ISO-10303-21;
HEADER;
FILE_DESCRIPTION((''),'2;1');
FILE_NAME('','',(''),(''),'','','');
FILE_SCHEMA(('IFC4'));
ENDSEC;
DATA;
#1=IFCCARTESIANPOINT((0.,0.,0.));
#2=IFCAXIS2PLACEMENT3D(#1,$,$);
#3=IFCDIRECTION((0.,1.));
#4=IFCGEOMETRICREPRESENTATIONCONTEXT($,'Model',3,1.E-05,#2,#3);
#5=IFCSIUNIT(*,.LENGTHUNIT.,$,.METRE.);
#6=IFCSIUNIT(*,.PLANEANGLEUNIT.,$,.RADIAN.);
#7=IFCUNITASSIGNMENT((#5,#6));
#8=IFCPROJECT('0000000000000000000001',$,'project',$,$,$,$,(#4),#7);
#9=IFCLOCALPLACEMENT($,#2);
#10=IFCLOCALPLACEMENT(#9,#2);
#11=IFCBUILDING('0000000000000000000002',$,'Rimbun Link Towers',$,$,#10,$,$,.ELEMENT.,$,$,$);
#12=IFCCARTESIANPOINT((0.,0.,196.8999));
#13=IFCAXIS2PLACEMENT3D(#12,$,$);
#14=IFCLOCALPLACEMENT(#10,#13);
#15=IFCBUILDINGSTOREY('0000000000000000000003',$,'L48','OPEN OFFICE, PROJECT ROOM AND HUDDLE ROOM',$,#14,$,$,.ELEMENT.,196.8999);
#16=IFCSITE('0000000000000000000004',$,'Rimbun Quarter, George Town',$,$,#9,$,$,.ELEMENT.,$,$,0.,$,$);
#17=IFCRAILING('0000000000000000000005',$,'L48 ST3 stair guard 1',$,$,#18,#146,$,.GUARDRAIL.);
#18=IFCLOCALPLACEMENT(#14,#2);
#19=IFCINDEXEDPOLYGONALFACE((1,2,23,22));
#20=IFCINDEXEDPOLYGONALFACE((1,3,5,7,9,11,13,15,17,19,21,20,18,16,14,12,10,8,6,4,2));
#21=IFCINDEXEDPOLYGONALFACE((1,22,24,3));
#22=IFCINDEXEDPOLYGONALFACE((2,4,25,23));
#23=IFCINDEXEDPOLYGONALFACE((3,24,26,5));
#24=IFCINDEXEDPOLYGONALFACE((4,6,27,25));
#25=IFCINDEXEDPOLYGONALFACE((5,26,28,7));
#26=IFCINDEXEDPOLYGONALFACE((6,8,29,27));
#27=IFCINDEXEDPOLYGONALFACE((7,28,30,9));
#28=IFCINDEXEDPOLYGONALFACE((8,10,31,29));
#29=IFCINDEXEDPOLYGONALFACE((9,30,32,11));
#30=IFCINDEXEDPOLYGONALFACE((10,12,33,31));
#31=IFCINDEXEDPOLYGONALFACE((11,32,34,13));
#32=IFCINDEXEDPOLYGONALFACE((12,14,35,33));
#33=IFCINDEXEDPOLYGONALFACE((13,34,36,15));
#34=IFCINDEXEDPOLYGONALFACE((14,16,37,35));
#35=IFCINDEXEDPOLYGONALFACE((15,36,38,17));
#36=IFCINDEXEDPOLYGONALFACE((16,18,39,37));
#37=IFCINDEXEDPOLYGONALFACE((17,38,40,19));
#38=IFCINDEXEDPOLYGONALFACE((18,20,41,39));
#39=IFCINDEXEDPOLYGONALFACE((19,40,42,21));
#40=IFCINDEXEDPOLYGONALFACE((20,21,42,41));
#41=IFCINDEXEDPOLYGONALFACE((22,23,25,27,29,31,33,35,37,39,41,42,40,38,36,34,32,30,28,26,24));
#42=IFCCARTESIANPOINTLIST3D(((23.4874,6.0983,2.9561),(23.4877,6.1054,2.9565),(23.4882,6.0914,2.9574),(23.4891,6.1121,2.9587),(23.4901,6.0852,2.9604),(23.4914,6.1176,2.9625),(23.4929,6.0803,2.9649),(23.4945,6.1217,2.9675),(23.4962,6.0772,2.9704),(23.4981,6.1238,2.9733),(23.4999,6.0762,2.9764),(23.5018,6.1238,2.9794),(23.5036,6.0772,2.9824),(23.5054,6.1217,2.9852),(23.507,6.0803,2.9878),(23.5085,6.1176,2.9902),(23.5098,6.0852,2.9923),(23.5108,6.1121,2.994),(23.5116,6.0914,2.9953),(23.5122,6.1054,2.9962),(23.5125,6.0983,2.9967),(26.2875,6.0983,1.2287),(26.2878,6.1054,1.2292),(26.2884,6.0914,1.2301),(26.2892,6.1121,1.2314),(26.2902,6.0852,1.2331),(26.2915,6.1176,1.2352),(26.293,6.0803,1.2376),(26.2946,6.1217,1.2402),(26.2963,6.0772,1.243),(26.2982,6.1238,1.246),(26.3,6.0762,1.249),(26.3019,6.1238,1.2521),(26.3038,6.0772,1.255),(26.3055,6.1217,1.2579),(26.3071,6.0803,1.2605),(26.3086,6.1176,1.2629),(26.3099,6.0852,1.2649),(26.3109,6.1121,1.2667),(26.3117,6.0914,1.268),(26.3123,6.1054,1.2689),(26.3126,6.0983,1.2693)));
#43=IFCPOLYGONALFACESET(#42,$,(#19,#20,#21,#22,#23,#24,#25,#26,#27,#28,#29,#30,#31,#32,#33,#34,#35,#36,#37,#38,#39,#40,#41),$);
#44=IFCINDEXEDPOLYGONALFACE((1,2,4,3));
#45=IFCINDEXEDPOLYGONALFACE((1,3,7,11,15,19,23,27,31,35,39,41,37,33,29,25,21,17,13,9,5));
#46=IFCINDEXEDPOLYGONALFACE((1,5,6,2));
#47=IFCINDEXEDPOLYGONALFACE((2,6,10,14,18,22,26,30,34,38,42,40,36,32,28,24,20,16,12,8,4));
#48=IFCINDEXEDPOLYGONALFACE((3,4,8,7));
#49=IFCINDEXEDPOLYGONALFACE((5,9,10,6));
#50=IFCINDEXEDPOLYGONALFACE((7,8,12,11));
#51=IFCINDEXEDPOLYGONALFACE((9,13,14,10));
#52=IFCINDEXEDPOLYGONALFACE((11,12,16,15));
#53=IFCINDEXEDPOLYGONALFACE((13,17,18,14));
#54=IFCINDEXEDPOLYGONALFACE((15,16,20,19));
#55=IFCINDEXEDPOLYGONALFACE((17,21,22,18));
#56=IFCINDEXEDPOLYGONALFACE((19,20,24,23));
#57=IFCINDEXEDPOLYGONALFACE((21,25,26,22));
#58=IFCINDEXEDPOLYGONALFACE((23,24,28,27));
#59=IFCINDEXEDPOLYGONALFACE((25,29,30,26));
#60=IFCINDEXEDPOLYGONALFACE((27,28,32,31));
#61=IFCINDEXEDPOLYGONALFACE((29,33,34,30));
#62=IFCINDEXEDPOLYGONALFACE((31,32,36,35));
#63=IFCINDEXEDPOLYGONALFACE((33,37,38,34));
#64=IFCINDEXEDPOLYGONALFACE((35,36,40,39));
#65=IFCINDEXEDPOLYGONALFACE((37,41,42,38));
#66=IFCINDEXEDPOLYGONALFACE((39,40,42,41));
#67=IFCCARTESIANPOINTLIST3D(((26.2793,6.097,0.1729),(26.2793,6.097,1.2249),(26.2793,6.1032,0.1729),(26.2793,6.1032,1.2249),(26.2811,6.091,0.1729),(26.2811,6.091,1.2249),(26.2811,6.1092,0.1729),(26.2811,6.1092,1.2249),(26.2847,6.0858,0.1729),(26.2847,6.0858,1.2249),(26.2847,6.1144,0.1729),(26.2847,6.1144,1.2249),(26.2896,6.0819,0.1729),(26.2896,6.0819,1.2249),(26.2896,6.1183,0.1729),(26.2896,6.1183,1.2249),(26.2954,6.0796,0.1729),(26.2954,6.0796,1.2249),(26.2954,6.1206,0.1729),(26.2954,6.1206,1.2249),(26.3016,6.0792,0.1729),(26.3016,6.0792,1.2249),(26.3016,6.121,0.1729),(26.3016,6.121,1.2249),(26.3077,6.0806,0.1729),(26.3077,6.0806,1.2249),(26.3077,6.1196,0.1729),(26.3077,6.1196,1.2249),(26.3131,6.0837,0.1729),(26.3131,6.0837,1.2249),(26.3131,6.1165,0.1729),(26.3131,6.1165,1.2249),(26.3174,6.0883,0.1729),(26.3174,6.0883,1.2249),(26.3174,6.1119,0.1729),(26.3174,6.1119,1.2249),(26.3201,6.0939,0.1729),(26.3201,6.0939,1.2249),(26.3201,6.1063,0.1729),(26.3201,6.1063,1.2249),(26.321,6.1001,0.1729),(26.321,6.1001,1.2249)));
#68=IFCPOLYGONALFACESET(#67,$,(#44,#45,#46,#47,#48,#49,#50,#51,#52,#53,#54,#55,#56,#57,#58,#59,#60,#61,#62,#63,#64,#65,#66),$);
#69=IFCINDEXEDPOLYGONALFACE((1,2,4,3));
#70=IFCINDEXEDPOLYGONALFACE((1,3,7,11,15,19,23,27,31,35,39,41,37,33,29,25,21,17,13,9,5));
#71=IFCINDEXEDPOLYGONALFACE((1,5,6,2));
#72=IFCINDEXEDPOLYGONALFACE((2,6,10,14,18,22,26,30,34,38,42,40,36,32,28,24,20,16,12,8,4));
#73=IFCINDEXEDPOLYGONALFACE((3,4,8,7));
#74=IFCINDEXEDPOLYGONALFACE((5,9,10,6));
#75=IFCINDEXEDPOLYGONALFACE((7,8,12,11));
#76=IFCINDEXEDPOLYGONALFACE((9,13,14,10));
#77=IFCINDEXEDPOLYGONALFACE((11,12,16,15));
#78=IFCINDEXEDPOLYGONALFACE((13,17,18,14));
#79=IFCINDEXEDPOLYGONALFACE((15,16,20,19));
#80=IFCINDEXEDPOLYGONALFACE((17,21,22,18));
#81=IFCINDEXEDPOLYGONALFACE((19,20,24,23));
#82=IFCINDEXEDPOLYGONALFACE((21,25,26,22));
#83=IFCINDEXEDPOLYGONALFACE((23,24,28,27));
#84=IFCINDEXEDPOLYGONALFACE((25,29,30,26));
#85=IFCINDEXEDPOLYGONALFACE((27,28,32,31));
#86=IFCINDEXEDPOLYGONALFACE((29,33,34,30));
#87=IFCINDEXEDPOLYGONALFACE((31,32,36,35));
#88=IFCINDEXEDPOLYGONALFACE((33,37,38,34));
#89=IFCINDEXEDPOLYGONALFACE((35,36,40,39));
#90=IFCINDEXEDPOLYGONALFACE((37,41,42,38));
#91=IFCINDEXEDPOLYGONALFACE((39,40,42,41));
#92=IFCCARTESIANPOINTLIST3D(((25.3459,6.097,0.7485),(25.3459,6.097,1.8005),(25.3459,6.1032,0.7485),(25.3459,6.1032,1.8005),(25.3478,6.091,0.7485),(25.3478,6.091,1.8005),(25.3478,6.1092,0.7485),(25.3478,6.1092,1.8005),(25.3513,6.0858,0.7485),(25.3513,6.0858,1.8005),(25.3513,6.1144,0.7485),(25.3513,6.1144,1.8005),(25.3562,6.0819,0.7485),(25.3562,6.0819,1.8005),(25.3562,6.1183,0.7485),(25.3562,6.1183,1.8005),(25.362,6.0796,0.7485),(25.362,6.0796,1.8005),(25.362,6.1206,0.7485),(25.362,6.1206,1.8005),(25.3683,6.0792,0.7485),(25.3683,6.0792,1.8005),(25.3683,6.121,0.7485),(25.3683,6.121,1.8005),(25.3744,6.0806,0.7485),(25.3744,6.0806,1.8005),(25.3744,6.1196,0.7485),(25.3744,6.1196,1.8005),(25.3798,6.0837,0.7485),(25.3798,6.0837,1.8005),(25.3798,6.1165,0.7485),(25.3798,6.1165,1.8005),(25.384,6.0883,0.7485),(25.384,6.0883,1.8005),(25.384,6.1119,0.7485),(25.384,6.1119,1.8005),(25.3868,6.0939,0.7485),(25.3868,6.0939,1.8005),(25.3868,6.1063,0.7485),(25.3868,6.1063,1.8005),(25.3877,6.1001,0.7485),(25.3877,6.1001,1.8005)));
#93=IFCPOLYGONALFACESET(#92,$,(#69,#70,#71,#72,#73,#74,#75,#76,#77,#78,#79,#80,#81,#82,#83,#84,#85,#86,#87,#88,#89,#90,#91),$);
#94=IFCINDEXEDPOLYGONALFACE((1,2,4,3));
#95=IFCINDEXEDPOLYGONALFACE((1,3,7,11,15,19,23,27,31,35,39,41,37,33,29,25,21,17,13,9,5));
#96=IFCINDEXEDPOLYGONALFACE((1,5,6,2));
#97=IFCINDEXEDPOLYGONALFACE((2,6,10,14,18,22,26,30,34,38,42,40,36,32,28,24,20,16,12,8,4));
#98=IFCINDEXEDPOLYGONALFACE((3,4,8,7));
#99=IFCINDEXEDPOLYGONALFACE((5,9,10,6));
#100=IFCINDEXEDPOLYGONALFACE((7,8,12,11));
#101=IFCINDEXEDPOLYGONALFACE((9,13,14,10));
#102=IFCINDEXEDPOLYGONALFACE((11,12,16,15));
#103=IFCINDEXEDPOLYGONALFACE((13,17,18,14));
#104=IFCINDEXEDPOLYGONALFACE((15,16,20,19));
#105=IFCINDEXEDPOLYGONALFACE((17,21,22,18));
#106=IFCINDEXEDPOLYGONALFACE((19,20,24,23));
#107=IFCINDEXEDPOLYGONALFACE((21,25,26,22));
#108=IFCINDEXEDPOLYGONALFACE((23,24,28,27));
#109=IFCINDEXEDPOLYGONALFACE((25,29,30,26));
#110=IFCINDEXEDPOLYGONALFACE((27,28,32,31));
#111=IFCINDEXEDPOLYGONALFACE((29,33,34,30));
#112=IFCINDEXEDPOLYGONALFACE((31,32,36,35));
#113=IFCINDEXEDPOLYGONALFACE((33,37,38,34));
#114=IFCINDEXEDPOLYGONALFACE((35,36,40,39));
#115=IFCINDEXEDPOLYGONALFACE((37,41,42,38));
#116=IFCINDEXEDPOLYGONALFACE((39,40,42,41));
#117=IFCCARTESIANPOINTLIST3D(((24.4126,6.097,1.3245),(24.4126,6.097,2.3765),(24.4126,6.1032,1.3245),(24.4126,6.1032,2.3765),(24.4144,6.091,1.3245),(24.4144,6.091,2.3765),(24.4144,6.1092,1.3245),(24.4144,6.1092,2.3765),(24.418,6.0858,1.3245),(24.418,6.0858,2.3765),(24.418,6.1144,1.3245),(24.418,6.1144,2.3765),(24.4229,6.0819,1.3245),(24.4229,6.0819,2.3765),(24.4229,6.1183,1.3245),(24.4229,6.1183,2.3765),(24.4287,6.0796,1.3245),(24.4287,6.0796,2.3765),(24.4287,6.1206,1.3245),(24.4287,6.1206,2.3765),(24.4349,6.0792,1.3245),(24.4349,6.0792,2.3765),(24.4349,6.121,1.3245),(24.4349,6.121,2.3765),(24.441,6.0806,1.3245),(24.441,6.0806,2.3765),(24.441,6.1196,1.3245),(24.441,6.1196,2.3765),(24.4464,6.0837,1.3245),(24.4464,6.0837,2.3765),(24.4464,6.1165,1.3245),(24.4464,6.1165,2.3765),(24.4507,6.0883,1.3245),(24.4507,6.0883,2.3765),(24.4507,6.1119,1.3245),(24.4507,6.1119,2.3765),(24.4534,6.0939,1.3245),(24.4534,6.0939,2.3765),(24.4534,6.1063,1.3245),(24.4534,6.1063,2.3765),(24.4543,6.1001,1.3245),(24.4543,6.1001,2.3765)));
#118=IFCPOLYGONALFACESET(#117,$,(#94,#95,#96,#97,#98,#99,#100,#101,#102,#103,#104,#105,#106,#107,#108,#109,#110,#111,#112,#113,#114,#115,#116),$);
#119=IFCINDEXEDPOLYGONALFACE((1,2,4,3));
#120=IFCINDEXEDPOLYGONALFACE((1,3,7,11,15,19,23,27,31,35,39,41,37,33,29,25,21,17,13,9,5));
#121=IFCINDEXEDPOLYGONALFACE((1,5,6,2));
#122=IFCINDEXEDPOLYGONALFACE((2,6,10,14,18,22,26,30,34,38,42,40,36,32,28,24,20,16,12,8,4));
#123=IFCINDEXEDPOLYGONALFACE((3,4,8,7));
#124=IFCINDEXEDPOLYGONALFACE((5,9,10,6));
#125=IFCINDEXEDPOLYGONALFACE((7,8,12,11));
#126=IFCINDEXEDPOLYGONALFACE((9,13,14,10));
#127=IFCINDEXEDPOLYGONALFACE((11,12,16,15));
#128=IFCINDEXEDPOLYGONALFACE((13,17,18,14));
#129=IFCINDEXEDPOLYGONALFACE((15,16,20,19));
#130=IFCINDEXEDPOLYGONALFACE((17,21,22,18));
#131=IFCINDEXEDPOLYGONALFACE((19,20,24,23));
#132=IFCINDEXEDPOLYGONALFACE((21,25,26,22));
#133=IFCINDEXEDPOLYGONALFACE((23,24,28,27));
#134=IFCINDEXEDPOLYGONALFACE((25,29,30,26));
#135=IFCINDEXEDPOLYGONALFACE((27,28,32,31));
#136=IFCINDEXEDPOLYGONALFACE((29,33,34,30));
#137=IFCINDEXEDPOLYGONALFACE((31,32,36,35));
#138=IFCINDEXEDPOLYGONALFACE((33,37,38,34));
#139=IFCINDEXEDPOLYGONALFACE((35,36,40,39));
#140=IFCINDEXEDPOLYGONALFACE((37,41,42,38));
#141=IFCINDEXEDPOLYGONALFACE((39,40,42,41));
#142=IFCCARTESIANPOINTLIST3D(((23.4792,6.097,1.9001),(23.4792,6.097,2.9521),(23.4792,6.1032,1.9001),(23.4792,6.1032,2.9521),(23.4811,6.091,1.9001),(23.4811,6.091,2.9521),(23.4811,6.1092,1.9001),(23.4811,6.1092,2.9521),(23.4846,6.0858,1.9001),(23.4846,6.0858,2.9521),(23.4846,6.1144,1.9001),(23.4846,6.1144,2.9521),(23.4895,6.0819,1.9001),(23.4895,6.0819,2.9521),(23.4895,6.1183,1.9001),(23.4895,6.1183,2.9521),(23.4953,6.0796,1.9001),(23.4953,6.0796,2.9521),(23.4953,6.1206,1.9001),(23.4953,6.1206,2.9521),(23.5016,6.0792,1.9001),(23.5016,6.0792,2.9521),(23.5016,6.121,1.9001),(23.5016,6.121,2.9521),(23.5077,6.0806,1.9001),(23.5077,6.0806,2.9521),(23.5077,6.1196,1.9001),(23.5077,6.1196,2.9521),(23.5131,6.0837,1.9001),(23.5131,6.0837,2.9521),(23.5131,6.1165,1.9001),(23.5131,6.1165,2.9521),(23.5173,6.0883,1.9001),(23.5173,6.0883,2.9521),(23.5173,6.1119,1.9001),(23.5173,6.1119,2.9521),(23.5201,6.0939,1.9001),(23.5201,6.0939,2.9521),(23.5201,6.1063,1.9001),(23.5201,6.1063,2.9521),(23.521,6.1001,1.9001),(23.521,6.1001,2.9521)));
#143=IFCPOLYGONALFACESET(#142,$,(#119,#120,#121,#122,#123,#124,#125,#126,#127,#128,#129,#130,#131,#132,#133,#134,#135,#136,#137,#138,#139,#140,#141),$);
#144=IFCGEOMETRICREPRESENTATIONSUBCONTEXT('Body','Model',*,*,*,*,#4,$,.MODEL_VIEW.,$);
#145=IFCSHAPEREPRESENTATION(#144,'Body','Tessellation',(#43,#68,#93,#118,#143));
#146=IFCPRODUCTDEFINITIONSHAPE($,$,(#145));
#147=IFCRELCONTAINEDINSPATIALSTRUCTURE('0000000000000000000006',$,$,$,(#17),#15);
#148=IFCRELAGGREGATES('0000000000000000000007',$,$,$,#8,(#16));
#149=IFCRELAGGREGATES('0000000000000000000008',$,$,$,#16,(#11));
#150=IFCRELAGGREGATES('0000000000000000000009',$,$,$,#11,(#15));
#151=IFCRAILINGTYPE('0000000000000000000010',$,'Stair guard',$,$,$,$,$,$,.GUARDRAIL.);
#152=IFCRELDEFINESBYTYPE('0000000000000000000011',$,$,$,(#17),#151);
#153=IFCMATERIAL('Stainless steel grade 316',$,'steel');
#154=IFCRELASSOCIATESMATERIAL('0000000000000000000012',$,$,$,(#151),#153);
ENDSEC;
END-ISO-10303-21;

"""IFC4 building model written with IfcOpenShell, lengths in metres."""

from ifc_helpers import new_model, si_unit, direction, frame, origin, origin_2d, place, context, subcontext, project, spatial, circle, extrude, material, type_object, element, save


model = new_model("IFC4")

# Units and contexts
model_context = context("Model", 3, precision=1e-05, world=origin(), true_north=direction((0.0, 1.0)))
body_context = subcontext(model_context, "Body", "Model", "MODEL_VIEW")
ifc_project = project(units=[si_unit("LENGTHUNIT", "METRE"), si_unit("PLANEANGLEUNIT", "RADIAN")], contexts=[model_context])

# Site, building, storey
site_placement = place(None, origin())
site = spatial("IfcSite", under=ifc_project, at=site_placement, Name="Rimbun Quarter, George Town", CompositionType="ELEMENT", RefElevation=0.0)
building_placement = place(site_placement, origin())
building = spatial("IfcBuilding", under=site, at=building_placement, Name="Rimbun Link Towers", CompositionType="ELEMENT")
storey_placement = place(building_placement, frame((0.0, 0.0, 196.8999)))
storey = spatial("IfcBuildingStorey", under=building, at=storey_placement, Name="L48", Description="OPEN OFFICE, PROJECT ROOM AND HUDDLE ROOM", CompositionType="ELEMENT", Elevation=196.8999)

# Railing
ifc_material_1 = material(Name="Stainless steel grade 316", Category="steel")
railing_type_1 = type_object("IfcRailingType", Name="Stair guard", PredefinedType="GUARDRAIL", material=ifc_material_1)
railing_1_placement = place(storey_placement, frame((26.3, 6.1001, 0.1729)))
element("IfcRailing", 1, at=railing_1_placement, inside=storey, type_object=railing_type_1, Name="L48 ST3 stair guard 1", PredefinedType="GUARDRAIL", context=body_context, shape_type="SweptSolid", body=[
    extrude(circle(Radius=0.0239, at=origin_2d()), frame((0.0, 0.0, 1.0762), z_axis=(-0.85109, 0.0, 0.52502), x_axis=(0.0, -1.0, 0.0)), (0.0, 0.0, 1.0), 3.29),
    extrude(circle(Radius=0.021, at=origin_2d()), origin(), (0.0, 0.0, 1.0), 1.052),
    extrude(circle(Radius=0.021, at=origin_2d()), frame((-0.9333, 0.0, 0.5757)), (0.0, 0.0, 1.0), 1.052),
    extrude(circle(Radius=0.021, at=origin_2d()), frame((-1.8667, 0.0, 1.1516)), (0.0, 0.0, 1.0), 1.052),
    extrude(circle(Radius=0.021, at=origin_2d()), frame((-2.8, 0.0, 1.7273)), (0.0, 0.0, 1.0), 1.052),
])

save(model, "model.ifc")
